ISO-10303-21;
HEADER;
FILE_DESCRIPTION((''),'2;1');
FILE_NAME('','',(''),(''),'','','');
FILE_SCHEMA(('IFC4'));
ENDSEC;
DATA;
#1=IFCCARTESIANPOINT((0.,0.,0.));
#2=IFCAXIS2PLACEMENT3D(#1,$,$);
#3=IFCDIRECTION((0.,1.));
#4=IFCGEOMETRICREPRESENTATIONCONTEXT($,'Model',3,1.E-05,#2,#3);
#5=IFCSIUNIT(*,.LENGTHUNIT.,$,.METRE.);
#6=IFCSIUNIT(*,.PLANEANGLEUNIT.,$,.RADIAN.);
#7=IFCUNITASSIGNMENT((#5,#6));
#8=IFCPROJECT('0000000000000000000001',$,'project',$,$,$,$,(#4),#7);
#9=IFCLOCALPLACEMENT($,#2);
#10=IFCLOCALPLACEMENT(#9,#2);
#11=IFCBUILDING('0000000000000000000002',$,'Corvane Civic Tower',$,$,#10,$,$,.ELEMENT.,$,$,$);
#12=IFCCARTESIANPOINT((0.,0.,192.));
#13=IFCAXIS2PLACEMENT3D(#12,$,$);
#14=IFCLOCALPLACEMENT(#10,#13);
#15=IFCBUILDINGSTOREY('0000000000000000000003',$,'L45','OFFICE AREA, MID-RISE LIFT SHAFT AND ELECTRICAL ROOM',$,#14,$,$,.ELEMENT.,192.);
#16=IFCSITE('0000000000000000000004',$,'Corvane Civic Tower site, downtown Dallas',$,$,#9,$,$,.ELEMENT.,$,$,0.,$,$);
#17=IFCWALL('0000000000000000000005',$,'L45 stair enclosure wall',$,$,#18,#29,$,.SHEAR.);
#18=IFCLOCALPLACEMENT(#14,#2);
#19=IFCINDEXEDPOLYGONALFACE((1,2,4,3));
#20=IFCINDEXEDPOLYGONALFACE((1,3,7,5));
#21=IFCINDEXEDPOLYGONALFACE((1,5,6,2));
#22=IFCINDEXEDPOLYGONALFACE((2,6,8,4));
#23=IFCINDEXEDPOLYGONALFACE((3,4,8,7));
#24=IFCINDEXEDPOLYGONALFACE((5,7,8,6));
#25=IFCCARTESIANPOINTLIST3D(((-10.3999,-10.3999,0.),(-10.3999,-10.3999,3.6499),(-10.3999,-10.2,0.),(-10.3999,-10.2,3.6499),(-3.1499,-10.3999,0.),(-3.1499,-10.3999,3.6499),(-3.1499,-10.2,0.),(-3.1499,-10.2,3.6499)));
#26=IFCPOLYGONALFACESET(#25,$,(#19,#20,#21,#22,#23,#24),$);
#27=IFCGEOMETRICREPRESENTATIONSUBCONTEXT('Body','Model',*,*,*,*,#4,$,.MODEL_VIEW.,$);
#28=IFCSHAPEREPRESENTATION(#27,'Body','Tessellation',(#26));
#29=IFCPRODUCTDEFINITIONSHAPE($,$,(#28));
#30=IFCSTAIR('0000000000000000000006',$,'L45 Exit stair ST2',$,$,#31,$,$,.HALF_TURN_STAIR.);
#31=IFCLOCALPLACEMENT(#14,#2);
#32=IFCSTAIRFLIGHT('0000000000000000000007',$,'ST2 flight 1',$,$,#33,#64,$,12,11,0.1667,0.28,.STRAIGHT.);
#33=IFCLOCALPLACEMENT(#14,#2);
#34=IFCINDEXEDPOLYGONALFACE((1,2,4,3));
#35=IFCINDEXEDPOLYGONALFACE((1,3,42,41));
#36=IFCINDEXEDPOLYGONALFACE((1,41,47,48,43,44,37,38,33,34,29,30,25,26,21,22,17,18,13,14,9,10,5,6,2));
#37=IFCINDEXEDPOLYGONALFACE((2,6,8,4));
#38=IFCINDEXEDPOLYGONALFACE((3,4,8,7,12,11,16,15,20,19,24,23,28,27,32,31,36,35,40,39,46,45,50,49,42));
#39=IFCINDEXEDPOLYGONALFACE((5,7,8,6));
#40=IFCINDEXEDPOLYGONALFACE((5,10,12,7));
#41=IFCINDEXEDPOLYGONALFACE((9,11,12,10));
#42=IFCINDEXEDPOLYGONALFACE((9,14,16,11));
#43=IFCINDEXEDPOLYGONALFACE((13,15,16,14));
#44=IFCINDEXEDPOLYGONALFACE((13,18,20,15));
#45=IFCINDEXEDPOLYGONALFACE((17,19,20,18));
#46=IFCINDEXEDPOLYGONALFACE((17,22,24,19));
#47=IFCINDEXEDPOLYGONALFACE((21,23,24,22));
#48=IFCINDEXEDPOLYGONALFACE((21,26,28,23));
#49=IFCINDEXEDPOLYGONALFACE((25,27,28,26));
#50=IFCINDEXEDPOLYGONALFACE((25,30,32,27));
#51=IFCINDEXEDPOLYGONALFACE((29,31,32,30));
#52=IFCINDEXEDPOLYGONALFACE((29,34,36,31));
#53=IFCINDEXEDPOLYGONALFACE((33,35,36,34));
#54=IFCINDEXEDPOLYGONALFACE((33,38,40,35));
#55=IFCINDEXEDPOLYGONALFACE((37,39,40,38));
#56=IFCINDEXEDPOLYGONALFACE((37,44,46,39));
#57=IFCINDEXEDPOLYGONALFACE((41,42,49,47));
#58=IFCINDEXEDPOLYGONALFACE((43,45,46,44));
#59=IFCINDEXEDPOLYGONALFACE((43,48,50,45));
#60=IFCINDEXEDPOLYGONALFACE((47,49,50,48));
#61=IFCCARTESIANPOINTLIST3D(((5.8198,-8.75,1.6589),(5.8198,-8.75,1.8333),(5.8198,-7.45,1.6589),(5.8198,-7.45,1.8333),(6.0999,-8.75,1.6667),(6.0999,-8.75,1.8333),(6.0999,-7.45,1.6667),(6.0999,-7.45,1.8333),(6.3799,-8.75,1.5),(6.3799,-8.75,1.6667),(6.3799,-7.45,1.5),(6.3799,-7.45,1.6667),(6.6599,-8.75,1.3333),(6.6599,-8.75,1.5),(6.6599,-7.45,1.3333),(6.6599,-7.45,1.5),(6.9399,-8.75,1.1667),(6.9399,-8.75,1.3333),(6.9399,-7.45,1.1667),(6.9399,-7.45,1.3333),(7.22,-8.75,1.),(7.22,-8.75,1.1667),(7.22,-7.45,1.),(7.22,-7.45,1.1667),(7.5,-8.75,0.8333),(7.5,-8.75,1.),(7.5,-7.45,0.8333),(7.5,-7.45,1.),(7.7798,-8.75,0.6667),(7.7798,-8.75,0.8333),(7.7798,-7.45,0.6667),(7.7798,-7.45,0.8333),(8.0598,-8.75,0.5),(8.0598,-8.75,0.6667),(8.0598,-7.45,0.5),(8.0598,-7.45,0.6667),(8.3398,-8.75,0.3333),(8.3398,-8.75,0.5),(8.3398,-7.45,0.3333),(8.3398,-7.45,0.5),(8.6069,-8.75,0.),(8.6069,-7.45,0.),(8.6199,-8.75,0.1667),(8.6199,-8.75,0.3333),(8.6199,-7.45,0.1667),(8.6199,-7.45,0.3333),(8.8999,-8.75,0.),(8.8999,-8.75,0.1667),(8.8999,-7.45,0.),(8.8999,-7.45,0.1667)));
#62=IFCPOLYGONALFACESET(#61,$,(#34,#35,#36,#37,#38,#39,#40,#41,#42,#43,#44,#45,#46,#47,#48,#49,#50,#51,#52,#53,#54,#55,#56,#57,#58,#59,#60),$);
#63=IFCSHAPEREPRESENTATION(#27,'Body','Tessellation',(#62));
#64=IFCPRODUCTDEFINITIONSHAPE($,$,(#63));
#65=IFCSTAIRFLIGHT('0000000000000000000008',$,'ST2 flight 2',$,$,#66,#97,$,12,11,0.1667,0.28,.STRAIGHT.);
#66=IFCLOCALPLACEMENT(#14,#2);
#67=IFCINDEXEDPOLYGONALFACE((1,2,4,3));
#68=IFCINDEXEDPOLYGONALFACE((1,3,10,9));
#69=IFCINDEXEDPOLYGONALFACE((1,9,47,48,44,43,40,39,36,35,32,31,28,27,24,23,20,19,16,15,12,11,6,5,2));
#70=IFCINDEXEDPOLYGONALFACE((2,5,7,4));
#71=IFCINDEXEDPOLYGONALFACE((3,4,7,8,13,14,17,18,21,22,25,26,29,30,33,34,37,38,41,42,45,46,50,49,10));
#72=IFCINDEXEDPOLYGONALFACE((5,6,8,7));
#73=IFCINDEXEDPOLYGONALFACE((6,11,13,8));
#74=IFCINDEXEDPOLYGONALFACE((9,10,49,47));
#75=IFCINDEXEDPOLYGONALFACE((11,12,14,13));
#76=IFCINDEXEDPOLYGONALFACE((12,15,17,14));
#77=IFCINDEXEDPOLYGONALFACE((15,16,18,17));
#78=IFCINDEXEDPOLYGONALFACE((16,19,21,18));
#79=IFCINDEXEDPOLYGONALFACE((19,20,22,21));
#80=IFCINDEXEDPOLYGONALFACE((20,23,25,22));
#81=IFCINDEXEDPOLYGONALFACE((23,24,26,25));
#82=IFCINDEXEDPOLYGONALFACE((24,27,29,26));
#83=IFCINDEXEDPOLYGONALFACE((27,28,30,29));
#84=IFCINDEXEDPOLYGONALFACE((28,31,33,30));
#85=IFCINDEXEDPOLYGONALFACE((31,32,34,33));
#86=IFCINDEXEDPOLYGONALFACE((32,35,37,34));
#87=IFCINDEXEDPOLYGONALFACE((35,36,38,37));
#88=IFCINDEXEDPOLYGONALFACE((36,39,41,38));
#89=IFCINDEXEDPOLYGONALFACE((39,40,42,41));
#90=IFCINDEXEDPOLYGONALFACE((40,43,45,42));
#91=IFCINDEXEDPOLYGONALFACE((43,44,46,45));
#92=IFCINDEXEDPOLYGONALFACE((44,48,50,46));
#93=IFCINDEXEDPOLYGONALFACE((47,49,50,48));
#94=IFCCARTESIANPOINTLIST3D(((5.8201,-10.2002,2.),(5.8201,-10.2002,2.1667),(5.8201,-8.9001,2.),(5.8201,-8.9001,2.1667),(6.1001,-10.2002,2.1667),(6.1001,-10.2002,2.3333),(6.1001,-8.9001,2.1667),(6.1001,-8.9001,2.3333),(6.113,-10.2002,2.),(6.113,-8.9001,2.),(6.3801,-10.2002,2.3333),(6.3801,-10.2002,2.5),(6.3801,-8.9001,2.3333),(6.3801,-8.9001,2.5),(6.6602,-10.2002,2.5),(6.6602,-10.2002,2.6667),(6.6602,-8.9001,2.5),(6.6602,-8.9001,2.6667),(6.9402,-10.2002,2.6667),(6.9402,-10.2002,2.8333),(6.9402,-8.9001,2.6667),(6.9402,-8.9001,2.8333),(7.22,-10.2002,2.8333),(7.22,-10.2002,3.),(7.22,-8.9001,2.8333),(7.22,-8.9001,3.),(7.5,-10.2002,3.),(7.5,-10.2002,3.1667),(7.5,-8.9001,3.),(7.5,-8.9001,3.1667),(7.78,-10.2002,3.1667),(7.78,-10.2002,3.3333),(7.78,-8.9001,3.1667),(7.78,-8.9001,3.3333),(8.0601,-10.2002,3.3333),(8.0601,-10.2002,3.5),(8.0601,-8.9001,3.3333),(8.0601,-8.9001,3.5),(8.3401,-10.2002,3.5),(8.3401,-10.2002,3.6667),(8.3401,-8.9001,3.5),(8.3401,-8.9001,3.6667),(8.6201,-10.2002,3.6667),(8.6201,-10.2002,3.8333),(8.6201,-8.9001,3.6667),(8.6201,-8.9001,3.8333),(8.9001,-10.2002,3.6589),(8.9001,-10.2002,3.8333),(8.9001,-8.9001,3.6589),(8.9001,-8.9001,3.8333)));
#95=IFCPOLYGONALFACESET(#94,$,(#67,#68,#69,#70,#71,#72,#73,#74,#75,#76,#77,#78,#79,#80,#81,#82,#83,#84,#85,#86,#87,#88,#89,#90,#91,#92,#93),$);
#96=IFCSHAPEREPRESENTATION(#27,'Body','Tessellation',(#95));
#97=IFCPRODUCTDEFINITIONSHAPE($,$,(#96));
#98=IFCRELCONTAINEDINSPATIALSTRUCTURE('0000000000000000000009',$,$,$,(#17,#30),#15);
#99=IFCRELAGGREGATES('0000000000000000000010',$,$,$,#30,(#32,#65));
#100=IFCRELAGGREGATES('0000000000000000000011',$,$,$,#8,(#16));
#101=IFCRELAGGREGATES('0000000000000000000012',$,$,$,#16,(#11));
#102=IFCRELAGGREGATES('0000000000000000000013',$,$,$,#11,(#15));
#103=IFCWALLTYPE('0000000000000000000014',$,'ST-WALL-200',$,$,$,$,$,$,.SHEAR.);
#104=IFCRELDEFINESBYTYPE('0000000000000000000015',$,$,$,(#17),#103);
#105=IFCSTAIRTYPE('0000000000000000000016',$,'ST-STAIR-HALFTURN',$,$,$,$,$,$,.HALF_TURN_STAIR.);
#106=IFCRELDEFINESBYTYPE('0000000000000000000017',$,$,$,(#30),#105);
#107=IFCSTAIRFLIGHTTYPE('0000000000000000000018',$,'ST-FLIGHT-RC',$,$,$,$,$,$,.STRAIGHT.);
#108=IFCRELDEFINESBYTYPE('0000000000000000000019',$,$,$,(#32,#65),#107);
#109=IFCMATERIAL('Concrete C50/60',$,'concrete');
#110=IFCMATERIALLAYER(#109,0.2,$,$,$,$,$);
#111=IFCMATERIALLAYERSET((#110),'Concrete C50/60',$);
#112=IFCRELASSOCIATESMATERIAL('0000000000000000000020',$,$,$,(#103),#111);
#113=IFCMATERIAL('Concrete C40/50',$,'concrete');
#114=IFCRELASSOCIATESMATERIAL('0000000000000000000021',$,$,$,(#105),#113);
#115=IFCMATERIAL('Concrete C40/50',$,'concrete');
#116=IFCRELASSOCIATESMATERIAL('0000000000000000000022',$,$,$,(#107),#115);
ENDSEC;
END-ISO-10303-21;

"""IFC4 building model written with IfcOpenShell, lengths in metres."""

from ifc_helpers import new_model, si_unit, direction, frame, origin, place, context, subcontext, project, spatial, polyline, outline, extrude, material, layer, layer_set, type_object, element, aggregate, save


model = new_model("IFC4")

# Units and contexts
model_context = context("Model", 3, precision=1e-05, world=origin(), true_north=direction((0.0, 1.0)))
body_context = subcontext(model_context, "Body", "Model", "MODEL_VIEW")
ifc_project = project(units=[si_unit("LENGTHUNIT", "METRE"), si_unit("PLANEANGLEUNIT", "RADIAN")], contexts=[model_context])

# Site, building, storey
site_placement = place(None, origin())
site = spatial("IfcSite", under=ifc_project, at=site_placement, Name="Corvane Civic Tower site, downtown Dallas", CompositionType="ELEMENT", RefElevation=0.0)
building_placement = place(site_placement, origin())
building = spatial("IfcBuilding", under=site, at=building_placement, Name="Corvane Civic Tower", CompositionType="ELEMENT")
storey_placement = place(building_placement, frame((0.0, 0.0, 192.0)))
storey = spatial("IfcBuildingStorey", under=building, at=storey_placement, Name="L45", Description="OFFICE AREA, MID-RISE LIFT SHAFT AND ELECTRICAL ROOM", CompositionType="ELEMENT", Elevation=192.0)

# Shared definitions
ifc_material_1 = material(Name="Concrete C50/60", Category="concrete")
ifc_layer_1 = layer(ifc_material_1, 0.2)
ifc_layer_set_1 = layer_set([ifc_layer_1], Name="Concrete C50/60")
wall_type_1 = type_object("IfcWallType", Name="ST-WALL-200", PredefinedType="SHEAR", material=ifc_layer_set_1)

# Wall
wall_1_placement = place(storey_placement, origin())
element("IfcWall", 1, at=wall_1_placement, inside=storey, type_object=wall_type_1, Name="L45 stair enclosure wall", PredefinedType="SHEAR", context=body_context, shape_type="SweptSolid", body=[
    extrude(outline(polyline([(-3.1499, -10.2), (-3.1499, -10.3999), (-10.3999, -10.3999), (-10.3999, -10.2), (-3.1499, -10.2)])), origin(), (0.0, 0.0, 1.0), 3.6499),
])

# Stair, stair flights
ifc_material_2 = material(Name="Concrete C40/50", Category="concrete")
stair_type = type_object("IfcStairType", Name="ST-STAIR-HALFTURN", PredefinedType="HALF_TURN_STAIR", material=ifc_material_2)
stair_placement = place(storey_placement, origin())
stair = element("IfcStair", 2, at=stair_placement, inside=storey, type_object=stair_type, Name="L45 Exit stair ST2", PredefinedType="HALF_TURN_STAIR")
ifc_material_3 = material(Name="Concrete C40/50", Category="concrete")
stair_flight_type = type_object("IfcStairFlightType", Name="ST-FLIGHT-RC", PredefinedType="STRAIGHT", material=ifc_material_3)
stair_flight_1_placement = place(storey_placement, frame((8.8999, -8.1001, 0.0), z_axis=(0.0, 0.0, 1.0), x_axis=(-1.0, 0.0, 0.0)))
stair_flight_1 = element("IfcStairFlight", 3, at=stair_flight_1_placement, type_object=stair_flight_type, Name="ST2 flight 1", NumberOfRisers=12, NumberOfTreads=11, PredefinedType="STRAIGHT", RiserHeight=0.1667, TreadLength=0.28, context=body_context, shape_type="SweptSolid", body=[
    extrude(outline(polyline([(0.0, 0.0), (0.0, 0.1667), (0.28, 0.1667), (0.28, 0.3333), (0.5601, 0.3333), (0.5601, 0.5), (0.8401, 0.5), (0.8401, 0.6667), (1.1201, 0.6667), (1.1201, 0.8333), (1.3999, 0.8333), (1.3999, 1.0), (1.6799, 1.0), (1.6799, 1.1667), (1.96, 1.1667), (1.96, 1.3333), (2.24, 1.3333), (2.24, 1.5), (2.52, 1.5), (2.52, 1.6667), (2.8, 1.6667), (2.8, 1.8333), (3.0801, 1.8333), (3.0801, 2.0), (3.0801, 1.6589), (0.293, 0.0), (0.0, 0.0)])), frame((0.0, 0.6499, 0.0), z_axis=(0.0, -1.0, 0.0), x_axis=(1.0, 0.0, 0.0)), (0.0, 0.0, 1.0), 1.3),
])
stair_flight_2_placement = place(storey_placement, frame((5.8201, -9.55, 2.0), z_axis=(0.0, 0.0, 1.0), x_axis=(1.0, 0.0, 0.0)))
stair_flight_2 = element("IfcStairFlight", 4, at=stair_flight_2_placement, type_object=stair_flight_type, Name="ST2 flight 2", NumberOfRisers=12, NumberOfTreads=11, PredefinedType="STRAIGHT", RiserHeight=0.1667, TreadLength=0.28, context=body_context, shape_type="SweptSolid", body=[
    extrude(outline(polyline([(0.0, 0.0), (0.0, 0.1667), (0.28, 0.1667), (0.28, 0.3333), (0.5601, 0.3333), (0.5601, 0.5), (0.8401, 0.5), (0.8401, 0.6667), (1.1201, 0.6667), (1.1201, 0.8333), (1.3999, 0.8333), (1.3999, 1.0), (1.6799, 1.0), (1.6799, 1.1667), (1.96, 1.1667), (1.96, 1.3333), (2.24, 1.3333), (2.24, 1.5), (2.52, 1.5), (2.52, 1.6667), (2.8, 1.6667), (2.8, 1.8333), (3.0801, 1.8333), (3.0801, 2.0), (3.0801, 1.6589), (0.293, 0.0), (0.0, 0.0)])), frame((0.0, 0.6499, 0.0), z_axis=(0.0, -1.0, 0.0), x_axis=(1.0, 0.0, 0.0)), (0.0, 0.0, 1.0), 1.3),
])
aggregate(stair, [stair_flight_1, stair_flight_2])

save(model, "model.ifc")
